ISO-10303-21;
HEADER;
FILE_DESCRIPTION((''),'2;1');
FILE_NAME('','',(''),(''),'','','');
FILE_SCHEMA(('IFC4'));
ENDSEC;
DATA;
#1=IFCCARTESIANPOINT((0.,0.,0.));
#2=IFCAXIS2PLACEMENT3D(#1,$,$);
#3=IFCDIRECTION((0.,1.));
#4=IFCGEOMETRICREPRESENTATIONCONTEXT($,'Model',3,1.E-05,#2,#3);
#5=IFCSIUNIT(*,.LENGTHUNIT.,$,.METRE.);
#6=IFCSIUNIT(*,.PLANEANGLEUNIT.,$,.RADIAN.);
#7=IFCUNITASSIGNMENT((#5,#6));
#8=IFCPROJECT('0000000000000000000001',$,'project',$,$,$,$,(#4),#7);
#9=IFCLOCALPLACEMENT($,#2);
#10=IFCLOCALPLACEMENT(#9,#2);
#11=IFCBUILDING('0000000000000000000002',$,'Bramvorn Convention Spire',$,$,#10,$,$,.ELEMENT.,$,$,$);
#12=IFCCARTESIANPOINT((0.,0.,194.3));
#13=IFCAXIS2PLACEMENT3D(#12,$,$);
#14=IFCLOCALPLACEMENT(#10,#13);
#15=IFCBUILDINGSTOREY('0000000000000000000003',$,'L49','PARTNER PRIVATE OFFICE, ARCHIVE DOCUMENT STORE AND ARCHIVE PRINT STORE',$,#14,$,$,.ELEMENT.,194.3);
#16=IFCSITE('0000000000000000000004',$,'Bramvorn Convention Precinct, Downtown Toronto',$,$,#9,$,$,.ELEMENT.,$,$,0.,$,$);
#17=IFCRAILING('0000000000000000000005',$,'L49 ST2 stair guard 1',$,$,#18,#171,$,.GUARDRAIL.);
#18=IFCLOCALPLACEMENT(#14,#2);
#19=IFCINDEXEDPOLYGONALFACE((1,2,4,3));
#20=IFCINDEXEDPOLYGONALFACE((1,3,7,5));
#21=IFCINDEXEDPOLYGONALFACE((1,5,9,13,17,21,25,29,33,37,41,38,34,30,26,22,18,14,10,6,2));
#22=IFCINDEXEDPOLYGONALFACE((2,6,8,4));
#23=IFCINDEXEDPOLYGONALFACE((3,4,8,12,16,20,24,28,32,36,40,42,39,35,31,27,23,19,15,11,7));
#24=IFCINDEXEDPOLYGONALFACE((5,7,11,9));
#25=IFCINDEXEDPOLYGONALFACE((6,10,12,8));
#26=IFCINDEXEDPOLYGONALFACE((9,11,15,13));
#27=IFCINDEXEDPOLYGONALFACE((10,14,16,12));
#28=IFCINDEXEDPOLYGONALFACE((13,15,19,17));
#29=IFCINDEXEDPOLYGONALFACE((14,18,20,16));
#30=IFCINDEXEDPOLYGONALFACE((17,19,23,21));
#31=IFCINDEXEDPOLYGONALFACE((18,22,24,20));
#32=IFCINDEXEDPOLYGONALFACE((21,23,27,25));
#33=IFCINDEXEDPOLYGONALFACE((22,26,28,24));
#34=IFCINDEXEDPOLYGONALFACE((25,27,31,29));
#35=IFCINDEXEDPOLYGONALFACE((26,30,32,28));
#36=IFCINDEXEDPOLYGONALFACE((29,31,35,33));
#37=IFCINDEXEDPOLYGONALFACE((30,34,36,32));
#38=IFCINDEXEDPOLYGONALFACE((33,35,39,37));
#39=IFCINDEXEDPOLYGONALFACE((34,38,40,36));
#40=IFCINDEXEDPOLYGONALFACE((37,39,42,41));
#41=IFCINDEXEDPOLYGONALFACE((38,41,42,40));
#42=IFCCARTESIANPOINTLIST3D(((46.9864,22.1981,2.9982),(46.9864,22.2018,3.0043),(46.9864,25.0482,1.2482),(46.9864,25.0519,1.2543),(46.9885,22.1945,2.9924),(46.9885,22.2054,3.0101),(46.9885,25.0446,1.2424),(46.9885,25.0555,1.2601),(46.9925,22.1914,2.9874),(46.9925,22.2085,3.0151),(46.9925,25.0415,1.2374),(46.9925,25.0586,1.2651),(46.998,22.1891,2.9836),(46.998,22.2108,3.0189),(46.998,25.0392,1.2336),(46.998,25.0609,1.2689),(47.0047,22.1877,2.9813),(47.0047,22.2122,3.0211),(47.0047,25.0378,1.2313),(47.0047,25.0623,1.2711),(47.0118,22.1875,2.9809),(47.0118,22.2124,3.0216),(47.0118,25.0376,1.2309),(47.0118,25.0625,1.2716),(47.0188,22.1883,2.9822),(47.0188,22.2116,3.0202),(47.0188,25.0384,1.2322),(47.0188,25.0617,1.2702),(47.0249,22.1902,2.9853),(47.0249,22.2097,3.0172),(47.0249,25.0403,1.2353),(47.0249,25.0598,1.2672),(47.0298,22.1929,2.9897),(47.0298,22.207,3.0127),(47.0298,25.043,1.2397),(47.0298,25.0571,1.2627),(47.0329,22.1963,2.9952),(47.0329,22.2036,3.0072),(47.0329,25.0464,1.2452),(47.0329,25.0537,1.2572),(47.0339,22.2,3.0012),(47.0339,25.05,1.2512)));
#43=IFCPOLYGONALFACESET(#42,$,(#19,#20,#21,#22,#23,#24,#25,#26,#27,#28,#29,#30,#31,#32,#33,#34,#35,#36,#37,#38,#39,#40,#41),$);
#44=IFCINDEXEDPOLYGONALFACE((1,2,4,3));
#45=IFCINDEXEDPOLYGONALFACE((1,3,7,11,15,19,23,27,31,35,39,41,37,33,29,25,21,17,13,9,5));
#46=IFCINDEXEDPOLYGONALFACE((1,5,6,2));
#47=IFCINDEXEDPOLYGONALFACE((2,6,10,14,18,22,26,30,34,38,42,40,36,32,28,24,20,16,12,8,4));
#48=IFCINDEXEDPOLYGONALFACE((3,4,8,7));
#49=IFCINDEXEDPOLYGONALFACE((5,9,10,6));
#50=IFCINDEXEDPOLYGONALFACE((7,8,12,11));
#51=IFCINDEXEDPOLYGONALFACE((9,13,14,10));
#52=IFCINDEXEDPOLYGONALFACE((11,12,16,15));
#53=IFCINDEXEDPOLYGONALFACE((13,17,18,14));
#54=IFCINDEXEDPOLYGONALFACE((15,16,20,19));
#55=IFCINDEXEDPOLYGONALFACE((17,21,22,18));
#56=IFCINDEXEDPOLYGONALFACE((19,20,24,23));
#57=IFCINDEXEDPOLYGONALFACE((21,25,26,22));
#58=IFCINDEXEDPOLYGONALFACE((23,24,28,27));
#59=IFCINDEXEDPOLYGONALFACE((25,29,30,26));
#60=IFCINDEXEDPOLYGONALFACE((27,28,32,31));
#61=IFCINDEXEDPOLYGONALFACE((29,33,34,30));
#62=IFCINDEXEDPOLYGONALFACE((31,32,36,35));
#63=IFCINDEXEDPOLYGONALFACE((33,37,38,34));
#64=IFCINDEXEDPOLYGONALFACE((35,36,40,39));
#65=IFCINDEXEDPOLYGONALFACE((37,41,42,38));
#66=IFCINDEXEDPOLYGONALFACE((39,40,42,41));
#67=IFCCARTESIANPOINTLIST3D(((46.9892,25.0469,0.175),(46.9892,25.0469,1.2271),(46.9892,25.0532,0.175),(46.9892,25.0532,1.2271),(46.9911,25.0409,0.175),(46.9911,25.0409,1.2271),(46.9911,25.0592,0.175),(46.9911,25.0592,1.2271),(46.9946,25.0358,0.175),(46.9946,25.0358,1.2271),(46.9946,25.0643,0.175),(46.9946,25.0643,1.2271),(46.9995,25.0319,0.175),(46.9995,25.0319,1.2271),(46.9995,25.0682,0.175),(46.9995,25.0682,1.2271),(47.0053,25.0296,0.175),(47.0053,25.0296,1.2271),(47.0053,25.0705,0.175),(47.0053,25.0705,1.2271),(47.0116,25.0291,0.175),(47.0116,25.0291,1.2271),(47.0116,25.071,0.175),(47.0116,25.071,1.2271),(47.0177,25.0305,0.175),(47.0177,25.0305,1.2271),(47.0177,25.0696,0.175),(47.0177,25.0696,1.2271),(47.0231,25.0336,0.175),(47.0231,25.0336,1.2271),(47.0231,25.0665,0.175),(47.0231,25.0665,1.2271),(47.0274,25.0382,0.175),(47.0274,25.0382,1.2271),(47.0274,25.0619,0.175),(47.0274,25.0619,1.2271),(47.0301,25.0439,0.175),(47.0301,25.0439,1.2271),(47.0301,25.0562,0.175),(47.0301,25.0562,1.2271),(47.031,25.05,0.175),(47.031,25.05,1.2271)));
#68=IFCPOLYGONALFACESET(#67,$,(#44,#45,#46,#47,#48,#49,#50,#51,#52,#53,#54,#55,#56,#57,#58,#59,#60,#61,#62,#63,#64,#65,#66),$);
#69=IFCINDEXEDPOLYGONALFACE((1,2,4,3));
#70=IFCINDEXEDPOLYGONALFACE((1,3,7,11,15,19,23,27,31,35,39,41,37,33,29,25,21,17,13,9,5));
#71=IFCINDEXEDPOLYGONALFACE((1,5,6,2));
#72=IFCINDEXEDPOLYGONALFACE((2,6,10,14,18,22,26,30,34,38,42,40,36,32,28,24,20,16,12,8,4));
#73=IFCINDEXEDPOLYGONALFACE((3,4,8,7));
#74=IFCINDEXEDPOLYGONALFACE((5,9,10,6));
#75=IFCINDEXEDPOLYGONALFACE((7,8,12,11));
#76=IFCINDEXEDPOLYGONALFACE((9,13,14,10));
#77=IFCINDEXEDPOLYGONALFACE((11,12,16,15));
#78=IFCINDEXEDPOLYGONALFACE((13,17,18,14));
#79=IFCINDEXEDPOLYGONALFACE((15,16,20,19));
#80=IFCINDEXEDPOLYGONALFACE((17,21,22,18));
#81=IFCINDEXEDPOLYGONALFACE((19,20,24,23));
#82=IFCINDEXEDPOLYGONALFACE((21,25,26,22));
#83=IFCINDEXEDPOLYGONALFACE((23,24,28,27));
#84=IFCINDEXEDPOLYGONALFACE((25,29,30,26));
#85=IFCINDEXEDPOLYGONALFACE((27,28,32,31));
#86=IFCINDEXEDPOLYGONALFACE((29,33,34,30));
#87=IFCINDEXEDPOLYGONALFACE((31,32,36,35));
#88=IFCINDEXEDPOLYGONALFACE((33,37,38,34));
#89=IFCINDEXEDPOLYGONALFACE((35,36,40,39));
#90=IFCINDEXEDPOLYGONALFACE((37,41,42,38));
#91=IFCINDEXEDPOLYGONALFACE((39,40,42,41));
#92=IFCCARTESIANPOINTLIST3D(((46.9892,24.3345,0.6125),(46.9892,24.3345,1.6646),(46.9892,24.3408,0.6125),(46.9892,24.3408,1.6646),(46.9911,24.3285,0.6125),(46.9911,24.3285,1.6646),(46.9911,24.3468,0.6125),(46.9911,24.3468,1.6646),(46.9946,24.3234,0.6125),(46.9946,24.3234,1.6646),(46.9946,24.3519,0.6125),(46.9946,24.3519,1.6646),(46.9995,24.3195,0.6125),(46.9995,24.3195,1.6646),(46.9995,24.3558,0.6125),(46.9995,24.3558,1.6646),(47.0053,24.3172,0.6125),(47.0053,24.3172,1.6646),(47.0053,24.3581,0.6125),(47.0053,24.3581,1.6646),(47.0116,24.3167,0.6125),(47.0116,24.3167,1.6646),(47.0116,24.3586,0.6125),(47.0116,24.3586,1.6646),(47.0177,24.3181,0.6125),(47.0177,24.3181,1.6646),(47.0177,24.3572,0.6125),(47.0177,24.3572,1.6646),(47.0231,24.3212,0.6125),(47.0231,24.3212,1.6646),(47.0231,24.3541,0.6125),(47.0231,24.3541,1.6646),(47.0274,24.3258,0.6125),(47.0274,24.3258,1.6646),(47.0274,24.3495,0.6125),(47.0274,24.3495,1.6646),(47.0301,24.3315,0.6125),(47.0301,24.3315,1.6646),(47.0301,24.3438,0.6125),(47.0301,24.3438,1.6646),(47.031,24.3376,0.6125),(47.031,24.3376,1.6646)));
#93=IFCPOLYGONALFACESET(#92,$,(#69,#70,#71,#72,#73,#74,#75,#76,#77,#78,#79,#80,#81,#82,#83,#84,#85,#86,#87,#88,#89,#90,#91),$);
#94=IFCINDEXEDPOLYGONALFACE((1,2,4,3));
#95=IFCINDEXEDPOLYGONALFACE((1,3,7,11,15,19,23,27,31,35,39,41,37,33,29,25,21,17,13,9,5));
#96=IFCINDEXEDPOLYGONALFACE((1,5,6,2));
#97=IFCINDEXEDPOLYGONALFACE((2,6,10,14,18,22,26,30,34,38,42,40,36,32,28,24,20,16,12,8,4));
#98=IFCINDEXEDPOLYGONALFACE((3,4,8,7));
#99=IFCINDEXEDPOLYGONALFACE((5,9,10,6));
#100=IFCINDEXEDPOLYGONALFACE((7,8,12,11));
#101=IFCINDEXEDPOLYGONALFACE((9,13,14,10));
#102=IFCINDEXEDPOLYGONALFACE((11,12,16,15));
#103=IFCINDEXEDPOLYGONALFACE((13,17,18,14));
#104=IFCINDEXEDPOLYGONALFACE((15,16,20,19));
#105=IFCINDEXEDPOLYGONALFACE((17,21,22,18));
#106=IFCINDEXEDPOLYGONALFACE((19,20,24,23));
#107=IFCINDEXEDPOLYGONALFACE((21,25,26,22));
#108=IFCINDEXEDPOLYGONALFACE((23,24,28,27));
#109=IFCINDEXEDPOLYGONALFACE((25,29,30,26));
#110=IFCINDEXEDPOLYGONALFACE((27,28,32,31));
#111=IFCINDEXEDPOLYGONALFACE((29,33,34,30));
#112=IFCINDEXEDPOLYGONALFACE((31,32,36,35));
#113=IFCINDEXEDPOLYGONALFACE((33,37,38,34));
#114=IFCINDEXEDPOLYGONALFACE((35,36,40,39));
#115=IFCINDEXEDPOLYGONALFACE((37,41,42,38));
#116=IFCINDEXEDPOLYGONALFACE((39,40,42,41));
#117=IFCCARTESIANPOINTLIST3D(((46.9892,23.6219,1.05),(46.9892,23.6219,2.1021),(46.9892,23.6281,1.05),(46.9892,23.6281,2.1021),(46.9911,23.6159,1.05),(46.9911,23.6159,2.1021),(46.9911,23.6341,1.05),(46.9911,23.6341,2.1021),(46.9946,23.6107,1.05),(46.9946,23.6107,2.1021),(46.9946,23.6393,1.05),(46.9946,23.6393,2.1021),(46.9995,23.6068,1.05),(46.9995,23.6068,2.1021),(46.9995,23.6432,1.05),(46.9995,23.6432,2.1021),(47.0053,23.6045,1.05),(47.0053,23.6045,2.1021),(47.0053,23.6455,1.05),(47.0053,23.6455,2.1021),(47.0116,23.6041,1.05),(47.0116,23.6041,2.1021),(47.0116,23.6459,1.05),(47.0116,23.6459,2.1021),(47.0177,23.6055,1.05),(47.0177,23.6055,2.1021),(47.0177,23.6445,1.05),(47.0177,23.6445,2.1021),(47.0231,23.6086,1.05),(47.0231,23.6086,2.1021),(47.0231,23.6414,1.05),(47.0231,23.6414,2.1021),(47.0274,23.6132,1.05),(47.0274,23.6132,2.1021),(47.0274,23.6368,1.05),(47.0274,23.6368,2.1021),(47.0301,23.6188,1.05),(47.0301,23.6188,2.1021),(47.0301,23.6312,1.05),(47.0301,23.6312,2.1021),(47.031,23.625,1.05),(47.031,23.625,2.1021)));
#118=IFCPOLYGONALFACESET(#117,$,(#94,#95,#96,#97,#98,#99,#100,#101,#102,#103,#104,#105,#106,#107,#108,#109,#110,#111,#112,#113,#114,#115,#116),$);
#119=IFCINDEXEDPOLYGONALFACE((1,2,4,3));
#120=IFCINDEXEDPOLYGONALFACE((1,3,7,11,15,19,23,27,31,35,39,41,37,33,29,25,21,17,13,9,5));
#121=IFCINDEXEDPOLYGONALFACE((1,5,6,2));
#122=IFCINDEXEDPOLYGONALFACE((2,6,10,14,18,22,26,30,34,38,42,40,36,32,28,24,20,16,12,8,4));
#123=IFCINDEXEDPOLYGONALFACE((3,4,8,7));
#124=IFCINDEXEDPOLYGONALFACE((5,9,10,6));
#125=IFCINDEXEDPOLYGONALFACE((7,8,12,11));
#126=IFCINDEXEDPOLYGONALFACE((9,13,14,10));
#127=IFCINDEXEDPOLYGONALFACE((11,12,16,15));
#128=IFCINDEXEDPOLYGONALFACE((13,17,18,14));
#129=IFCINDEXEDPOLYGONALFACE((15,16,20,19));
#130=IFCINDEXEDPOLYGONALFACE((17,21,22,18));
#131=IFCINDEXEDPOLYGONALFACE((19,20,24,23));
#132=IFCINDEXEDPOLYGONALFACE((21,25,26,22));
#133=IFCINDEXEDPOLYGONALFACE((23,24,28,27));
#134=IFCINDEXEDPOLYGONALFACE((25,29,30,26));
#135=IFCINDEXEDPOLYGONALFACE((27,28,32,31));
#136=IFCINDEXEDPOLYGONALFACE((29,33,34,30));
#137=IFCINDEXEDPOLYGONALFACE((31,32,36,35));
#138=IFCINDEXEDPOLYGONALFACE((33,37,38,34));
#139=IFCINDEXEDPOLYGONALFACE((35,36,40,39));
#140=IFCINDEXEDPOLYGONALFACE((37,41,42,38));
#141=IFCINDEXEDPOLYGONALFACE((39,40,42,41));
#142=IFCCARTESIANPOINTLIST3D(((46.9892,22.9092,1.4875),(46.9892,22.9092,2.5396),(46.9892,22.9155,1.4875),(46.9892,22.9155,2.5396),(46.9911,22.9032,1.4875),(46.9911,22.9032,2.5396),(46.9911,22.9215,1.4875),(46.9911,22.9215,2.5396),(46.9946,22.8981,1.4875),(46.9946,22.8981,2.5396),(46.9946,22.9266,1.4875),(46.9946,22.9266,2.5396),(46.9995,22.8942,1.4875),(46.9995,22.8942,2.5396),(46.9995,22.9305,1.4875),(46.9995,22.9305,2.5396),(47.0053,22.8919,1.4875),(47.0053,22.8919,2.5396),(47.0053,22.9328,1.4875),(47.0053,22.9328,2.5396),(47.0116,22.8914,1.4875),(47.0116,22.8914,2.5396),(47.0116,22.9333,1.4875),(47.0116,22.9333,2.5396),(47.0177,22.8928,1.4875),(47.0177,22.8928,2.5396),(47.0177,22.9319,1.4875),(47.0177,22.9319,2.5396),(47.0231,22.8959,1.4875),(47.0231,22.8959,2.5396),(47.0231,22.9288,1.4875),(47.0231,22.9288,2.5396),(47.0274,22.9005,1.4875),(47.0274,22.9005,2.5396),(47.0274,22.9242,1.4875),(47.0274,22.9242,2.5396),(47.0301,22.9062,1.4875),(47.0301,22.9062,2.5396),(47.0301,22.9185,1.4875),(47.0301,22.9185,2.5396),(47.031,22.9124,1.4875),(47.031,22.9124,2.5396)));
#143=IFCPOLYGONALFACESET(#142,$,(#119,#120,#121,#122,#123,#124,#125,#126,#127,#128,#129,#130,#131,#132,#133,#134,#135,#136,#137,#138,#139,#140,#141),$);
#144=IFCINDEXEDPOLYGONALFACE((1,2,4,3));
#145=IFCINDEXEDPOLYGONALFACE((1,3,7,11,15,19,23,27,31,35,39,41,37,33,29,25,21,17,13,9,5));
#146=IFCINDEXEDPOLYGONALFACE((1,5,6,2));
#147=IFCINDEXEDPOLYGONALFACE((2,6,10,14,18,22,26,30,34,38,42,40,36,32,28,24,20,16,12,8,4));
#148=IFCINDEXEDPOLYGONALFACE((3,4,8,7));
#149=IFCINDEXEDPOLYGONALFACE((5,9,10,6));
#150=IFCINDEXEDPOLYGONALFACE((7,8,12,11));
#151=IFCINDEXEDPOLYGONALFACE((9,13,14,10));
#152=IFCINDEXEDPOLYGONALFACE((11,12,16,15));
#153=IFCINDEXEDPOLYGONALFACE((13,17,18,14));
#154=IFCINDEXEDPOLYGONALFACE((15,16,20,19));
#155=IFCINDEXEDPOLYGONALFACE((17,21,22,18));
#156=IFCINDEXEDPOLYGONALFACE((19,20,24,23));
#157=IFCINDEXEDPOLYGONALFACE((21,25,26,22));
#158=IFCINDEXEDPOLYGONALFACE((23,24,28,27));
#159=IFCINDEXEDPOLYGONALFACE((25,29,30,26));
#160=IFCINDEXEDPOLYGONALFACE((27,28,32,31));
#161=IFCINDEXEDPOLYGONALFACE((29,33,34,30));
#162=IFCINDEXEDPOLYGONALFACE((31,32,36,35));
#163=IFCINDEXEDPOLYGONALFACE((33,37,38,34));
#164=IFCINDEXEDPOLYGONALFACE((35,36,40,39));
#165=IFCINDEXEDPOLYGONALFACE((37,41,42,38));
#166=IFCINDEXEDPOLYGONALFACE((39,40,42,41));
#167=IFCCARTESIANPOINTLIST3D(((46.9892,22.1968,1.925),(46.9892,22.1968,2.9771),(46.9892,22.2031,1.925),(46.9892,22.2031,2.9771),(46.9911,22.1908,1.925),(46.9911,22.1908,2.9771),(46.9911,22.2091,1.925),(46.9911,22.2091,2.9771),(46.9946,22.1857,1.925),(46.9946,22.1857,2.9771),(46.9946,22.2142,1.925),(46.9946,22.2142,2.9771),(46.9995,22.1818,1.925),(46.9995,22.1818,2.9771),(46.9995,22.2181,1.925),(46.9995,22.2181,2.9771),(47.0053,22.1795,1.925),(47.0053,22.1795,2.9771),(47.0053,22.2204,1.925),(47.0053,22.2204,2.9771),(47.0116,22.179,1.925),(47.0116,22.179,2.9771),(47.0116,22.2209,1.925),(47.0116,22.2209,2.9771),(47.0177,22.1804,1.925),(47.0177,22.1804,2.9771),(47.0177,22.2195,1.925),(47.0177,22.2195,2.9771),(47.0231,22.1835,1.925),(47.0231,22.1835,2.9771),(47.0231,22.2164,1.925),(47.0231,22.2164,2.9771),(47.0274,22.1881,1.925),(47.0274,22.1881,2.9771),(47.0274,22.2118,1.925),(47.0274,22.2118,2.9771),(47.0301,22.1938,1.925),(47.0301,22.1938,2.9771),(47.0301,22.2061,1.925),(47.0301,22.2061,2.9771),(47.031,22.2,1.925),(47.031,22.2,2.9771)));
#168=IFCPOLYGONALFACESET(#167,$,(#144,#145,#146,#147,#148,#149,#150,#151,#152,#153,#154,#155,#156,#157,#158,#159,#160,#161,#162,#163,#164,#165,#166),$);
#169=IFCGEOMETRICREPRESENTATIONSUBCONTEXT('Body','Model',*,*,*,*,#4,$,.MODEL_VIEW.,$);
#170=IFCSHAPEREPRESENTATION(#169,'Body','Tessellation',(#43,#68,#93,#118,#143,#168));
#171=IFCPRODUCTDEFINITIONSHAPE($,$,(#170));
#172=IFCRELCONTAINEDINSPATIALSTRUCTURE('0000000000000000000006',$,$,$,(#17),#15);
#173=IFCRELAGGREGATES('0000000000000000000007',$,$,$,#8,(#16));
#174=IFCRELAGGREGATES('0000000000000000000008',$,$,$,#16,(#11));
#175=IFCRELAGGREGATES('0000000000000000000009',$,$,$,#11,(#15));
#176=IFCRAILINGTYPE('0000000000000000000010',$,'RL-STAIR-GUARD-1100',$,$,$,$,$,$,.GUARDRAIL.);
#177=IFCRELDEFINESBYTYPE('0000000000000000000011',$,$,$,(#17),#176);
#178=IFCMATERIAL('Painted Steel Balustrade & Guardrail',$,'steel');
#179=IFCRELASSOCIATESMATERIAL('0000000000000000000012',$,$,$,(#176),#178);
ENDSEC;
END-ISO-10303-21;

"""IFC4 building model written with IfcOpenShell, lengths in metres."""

from ifc_helpers import new_model, si_unit, direction, frame, origin, origin_2d, place, context, subcontext, project, spatial, circle, extrude, material, type_object, element, save


model = new_model("IFC4")

# Units and contexts
model_context = context("Model", 3, precision=1e-05, world=origin(), true_north=direction((0.0, 1.0)))
body_context = subcontext(model_context, "Body", "Model", "MODEL_VIEW")
ifc_project = project(units=[si_unit("LENGTHUNIT", "METRE"), si_unit("PLANEANGLEUNIT", "RADIAN")], contexts=[model_context])

# Site, building, storey
site_placement = place(None, origin())
site = spatial("IfcSite", under=ifc_project, at=site_placement, Name="Bramvorn Convention Precinct, Downtown Toronto", CompositionType="ELEMENT", RefElevation=0.0)
building_placement = place(site_placement, origin())
building = spatial("IfcBuilding", under=site, at=building_placement, Name="Bramvorn Convention Spire", CompositionType="ELEMENT")
storey_placement = place(building_placement, frame((0.0, 0.0, 194.3)))
storey = spatial("IfcBuildingStorey", under=building, at=storey_placement, Name="L49", Description="PARTNER PRIVATE OFFICE, ARCHIVE DOCUMENT STORE AND ARCHIVE PRINT STORE", CompositionType="ELEMENT", Elevation=194.3)

# Railing
ifc_material_1 = material(Name="Painted Steel Balustrade & Guardrail", Category="steel")
railing_type_1 = type_object("IfcRailingType", Name="RL-STAIR-GUARD-1100", PredefinedType="GUARDRAIL", material=ifc_material_1)
railing_1_placement = place(storey_placement, frame((47.01, 25.05, 0.175)))
element("IfcRailing", 1, at=railing_1_placement, inside=storey, type_object=railing_type_1, Name="L49 ST2 stair guard 1", PredefinedType="GUARDRAIL", context=body_context, shape_type="SweptSolid", body=[
    extrude(circle(Radius=0.0239, at=origin_2d()), frame((0.0, 0.0, 1.0762), z_axis=(0.0, -0.852179, 0.52325), x_axis=(1.0, 0.0, 0.0)), (0.0, 0.0, 1.0), 3.3445),
    extrude(circle(Radius=0.021, at=origin_2d()), origin(), (0.0, 0.0, 1.0), 1.052),
    extrude(circle(Radius=0.021, at=origin_2d()), frame((0.0, -0.7124, 0.4375)), (0.0, 0.0, 1.0), 1.052),
    extrude(circle(Radius=0.021, at=origin_2d()), frame((0.0, -1.425, 0.875)), (0.0, 0.0, 1.0), 1.052),
    extrude(circle(Radius=0.021, at=origin_2d()), frame((0.0, -2.1377, 1.3125)), (0.0, 0.0, 1.0), 1.052),
    extrude(circle(Radius=0.021, at=origin_2d()), frame((0.0, -2.8501, 1.75)), (0.0, 0.0, 1.0), 1.052),
])

save(model, "model.ifc")
